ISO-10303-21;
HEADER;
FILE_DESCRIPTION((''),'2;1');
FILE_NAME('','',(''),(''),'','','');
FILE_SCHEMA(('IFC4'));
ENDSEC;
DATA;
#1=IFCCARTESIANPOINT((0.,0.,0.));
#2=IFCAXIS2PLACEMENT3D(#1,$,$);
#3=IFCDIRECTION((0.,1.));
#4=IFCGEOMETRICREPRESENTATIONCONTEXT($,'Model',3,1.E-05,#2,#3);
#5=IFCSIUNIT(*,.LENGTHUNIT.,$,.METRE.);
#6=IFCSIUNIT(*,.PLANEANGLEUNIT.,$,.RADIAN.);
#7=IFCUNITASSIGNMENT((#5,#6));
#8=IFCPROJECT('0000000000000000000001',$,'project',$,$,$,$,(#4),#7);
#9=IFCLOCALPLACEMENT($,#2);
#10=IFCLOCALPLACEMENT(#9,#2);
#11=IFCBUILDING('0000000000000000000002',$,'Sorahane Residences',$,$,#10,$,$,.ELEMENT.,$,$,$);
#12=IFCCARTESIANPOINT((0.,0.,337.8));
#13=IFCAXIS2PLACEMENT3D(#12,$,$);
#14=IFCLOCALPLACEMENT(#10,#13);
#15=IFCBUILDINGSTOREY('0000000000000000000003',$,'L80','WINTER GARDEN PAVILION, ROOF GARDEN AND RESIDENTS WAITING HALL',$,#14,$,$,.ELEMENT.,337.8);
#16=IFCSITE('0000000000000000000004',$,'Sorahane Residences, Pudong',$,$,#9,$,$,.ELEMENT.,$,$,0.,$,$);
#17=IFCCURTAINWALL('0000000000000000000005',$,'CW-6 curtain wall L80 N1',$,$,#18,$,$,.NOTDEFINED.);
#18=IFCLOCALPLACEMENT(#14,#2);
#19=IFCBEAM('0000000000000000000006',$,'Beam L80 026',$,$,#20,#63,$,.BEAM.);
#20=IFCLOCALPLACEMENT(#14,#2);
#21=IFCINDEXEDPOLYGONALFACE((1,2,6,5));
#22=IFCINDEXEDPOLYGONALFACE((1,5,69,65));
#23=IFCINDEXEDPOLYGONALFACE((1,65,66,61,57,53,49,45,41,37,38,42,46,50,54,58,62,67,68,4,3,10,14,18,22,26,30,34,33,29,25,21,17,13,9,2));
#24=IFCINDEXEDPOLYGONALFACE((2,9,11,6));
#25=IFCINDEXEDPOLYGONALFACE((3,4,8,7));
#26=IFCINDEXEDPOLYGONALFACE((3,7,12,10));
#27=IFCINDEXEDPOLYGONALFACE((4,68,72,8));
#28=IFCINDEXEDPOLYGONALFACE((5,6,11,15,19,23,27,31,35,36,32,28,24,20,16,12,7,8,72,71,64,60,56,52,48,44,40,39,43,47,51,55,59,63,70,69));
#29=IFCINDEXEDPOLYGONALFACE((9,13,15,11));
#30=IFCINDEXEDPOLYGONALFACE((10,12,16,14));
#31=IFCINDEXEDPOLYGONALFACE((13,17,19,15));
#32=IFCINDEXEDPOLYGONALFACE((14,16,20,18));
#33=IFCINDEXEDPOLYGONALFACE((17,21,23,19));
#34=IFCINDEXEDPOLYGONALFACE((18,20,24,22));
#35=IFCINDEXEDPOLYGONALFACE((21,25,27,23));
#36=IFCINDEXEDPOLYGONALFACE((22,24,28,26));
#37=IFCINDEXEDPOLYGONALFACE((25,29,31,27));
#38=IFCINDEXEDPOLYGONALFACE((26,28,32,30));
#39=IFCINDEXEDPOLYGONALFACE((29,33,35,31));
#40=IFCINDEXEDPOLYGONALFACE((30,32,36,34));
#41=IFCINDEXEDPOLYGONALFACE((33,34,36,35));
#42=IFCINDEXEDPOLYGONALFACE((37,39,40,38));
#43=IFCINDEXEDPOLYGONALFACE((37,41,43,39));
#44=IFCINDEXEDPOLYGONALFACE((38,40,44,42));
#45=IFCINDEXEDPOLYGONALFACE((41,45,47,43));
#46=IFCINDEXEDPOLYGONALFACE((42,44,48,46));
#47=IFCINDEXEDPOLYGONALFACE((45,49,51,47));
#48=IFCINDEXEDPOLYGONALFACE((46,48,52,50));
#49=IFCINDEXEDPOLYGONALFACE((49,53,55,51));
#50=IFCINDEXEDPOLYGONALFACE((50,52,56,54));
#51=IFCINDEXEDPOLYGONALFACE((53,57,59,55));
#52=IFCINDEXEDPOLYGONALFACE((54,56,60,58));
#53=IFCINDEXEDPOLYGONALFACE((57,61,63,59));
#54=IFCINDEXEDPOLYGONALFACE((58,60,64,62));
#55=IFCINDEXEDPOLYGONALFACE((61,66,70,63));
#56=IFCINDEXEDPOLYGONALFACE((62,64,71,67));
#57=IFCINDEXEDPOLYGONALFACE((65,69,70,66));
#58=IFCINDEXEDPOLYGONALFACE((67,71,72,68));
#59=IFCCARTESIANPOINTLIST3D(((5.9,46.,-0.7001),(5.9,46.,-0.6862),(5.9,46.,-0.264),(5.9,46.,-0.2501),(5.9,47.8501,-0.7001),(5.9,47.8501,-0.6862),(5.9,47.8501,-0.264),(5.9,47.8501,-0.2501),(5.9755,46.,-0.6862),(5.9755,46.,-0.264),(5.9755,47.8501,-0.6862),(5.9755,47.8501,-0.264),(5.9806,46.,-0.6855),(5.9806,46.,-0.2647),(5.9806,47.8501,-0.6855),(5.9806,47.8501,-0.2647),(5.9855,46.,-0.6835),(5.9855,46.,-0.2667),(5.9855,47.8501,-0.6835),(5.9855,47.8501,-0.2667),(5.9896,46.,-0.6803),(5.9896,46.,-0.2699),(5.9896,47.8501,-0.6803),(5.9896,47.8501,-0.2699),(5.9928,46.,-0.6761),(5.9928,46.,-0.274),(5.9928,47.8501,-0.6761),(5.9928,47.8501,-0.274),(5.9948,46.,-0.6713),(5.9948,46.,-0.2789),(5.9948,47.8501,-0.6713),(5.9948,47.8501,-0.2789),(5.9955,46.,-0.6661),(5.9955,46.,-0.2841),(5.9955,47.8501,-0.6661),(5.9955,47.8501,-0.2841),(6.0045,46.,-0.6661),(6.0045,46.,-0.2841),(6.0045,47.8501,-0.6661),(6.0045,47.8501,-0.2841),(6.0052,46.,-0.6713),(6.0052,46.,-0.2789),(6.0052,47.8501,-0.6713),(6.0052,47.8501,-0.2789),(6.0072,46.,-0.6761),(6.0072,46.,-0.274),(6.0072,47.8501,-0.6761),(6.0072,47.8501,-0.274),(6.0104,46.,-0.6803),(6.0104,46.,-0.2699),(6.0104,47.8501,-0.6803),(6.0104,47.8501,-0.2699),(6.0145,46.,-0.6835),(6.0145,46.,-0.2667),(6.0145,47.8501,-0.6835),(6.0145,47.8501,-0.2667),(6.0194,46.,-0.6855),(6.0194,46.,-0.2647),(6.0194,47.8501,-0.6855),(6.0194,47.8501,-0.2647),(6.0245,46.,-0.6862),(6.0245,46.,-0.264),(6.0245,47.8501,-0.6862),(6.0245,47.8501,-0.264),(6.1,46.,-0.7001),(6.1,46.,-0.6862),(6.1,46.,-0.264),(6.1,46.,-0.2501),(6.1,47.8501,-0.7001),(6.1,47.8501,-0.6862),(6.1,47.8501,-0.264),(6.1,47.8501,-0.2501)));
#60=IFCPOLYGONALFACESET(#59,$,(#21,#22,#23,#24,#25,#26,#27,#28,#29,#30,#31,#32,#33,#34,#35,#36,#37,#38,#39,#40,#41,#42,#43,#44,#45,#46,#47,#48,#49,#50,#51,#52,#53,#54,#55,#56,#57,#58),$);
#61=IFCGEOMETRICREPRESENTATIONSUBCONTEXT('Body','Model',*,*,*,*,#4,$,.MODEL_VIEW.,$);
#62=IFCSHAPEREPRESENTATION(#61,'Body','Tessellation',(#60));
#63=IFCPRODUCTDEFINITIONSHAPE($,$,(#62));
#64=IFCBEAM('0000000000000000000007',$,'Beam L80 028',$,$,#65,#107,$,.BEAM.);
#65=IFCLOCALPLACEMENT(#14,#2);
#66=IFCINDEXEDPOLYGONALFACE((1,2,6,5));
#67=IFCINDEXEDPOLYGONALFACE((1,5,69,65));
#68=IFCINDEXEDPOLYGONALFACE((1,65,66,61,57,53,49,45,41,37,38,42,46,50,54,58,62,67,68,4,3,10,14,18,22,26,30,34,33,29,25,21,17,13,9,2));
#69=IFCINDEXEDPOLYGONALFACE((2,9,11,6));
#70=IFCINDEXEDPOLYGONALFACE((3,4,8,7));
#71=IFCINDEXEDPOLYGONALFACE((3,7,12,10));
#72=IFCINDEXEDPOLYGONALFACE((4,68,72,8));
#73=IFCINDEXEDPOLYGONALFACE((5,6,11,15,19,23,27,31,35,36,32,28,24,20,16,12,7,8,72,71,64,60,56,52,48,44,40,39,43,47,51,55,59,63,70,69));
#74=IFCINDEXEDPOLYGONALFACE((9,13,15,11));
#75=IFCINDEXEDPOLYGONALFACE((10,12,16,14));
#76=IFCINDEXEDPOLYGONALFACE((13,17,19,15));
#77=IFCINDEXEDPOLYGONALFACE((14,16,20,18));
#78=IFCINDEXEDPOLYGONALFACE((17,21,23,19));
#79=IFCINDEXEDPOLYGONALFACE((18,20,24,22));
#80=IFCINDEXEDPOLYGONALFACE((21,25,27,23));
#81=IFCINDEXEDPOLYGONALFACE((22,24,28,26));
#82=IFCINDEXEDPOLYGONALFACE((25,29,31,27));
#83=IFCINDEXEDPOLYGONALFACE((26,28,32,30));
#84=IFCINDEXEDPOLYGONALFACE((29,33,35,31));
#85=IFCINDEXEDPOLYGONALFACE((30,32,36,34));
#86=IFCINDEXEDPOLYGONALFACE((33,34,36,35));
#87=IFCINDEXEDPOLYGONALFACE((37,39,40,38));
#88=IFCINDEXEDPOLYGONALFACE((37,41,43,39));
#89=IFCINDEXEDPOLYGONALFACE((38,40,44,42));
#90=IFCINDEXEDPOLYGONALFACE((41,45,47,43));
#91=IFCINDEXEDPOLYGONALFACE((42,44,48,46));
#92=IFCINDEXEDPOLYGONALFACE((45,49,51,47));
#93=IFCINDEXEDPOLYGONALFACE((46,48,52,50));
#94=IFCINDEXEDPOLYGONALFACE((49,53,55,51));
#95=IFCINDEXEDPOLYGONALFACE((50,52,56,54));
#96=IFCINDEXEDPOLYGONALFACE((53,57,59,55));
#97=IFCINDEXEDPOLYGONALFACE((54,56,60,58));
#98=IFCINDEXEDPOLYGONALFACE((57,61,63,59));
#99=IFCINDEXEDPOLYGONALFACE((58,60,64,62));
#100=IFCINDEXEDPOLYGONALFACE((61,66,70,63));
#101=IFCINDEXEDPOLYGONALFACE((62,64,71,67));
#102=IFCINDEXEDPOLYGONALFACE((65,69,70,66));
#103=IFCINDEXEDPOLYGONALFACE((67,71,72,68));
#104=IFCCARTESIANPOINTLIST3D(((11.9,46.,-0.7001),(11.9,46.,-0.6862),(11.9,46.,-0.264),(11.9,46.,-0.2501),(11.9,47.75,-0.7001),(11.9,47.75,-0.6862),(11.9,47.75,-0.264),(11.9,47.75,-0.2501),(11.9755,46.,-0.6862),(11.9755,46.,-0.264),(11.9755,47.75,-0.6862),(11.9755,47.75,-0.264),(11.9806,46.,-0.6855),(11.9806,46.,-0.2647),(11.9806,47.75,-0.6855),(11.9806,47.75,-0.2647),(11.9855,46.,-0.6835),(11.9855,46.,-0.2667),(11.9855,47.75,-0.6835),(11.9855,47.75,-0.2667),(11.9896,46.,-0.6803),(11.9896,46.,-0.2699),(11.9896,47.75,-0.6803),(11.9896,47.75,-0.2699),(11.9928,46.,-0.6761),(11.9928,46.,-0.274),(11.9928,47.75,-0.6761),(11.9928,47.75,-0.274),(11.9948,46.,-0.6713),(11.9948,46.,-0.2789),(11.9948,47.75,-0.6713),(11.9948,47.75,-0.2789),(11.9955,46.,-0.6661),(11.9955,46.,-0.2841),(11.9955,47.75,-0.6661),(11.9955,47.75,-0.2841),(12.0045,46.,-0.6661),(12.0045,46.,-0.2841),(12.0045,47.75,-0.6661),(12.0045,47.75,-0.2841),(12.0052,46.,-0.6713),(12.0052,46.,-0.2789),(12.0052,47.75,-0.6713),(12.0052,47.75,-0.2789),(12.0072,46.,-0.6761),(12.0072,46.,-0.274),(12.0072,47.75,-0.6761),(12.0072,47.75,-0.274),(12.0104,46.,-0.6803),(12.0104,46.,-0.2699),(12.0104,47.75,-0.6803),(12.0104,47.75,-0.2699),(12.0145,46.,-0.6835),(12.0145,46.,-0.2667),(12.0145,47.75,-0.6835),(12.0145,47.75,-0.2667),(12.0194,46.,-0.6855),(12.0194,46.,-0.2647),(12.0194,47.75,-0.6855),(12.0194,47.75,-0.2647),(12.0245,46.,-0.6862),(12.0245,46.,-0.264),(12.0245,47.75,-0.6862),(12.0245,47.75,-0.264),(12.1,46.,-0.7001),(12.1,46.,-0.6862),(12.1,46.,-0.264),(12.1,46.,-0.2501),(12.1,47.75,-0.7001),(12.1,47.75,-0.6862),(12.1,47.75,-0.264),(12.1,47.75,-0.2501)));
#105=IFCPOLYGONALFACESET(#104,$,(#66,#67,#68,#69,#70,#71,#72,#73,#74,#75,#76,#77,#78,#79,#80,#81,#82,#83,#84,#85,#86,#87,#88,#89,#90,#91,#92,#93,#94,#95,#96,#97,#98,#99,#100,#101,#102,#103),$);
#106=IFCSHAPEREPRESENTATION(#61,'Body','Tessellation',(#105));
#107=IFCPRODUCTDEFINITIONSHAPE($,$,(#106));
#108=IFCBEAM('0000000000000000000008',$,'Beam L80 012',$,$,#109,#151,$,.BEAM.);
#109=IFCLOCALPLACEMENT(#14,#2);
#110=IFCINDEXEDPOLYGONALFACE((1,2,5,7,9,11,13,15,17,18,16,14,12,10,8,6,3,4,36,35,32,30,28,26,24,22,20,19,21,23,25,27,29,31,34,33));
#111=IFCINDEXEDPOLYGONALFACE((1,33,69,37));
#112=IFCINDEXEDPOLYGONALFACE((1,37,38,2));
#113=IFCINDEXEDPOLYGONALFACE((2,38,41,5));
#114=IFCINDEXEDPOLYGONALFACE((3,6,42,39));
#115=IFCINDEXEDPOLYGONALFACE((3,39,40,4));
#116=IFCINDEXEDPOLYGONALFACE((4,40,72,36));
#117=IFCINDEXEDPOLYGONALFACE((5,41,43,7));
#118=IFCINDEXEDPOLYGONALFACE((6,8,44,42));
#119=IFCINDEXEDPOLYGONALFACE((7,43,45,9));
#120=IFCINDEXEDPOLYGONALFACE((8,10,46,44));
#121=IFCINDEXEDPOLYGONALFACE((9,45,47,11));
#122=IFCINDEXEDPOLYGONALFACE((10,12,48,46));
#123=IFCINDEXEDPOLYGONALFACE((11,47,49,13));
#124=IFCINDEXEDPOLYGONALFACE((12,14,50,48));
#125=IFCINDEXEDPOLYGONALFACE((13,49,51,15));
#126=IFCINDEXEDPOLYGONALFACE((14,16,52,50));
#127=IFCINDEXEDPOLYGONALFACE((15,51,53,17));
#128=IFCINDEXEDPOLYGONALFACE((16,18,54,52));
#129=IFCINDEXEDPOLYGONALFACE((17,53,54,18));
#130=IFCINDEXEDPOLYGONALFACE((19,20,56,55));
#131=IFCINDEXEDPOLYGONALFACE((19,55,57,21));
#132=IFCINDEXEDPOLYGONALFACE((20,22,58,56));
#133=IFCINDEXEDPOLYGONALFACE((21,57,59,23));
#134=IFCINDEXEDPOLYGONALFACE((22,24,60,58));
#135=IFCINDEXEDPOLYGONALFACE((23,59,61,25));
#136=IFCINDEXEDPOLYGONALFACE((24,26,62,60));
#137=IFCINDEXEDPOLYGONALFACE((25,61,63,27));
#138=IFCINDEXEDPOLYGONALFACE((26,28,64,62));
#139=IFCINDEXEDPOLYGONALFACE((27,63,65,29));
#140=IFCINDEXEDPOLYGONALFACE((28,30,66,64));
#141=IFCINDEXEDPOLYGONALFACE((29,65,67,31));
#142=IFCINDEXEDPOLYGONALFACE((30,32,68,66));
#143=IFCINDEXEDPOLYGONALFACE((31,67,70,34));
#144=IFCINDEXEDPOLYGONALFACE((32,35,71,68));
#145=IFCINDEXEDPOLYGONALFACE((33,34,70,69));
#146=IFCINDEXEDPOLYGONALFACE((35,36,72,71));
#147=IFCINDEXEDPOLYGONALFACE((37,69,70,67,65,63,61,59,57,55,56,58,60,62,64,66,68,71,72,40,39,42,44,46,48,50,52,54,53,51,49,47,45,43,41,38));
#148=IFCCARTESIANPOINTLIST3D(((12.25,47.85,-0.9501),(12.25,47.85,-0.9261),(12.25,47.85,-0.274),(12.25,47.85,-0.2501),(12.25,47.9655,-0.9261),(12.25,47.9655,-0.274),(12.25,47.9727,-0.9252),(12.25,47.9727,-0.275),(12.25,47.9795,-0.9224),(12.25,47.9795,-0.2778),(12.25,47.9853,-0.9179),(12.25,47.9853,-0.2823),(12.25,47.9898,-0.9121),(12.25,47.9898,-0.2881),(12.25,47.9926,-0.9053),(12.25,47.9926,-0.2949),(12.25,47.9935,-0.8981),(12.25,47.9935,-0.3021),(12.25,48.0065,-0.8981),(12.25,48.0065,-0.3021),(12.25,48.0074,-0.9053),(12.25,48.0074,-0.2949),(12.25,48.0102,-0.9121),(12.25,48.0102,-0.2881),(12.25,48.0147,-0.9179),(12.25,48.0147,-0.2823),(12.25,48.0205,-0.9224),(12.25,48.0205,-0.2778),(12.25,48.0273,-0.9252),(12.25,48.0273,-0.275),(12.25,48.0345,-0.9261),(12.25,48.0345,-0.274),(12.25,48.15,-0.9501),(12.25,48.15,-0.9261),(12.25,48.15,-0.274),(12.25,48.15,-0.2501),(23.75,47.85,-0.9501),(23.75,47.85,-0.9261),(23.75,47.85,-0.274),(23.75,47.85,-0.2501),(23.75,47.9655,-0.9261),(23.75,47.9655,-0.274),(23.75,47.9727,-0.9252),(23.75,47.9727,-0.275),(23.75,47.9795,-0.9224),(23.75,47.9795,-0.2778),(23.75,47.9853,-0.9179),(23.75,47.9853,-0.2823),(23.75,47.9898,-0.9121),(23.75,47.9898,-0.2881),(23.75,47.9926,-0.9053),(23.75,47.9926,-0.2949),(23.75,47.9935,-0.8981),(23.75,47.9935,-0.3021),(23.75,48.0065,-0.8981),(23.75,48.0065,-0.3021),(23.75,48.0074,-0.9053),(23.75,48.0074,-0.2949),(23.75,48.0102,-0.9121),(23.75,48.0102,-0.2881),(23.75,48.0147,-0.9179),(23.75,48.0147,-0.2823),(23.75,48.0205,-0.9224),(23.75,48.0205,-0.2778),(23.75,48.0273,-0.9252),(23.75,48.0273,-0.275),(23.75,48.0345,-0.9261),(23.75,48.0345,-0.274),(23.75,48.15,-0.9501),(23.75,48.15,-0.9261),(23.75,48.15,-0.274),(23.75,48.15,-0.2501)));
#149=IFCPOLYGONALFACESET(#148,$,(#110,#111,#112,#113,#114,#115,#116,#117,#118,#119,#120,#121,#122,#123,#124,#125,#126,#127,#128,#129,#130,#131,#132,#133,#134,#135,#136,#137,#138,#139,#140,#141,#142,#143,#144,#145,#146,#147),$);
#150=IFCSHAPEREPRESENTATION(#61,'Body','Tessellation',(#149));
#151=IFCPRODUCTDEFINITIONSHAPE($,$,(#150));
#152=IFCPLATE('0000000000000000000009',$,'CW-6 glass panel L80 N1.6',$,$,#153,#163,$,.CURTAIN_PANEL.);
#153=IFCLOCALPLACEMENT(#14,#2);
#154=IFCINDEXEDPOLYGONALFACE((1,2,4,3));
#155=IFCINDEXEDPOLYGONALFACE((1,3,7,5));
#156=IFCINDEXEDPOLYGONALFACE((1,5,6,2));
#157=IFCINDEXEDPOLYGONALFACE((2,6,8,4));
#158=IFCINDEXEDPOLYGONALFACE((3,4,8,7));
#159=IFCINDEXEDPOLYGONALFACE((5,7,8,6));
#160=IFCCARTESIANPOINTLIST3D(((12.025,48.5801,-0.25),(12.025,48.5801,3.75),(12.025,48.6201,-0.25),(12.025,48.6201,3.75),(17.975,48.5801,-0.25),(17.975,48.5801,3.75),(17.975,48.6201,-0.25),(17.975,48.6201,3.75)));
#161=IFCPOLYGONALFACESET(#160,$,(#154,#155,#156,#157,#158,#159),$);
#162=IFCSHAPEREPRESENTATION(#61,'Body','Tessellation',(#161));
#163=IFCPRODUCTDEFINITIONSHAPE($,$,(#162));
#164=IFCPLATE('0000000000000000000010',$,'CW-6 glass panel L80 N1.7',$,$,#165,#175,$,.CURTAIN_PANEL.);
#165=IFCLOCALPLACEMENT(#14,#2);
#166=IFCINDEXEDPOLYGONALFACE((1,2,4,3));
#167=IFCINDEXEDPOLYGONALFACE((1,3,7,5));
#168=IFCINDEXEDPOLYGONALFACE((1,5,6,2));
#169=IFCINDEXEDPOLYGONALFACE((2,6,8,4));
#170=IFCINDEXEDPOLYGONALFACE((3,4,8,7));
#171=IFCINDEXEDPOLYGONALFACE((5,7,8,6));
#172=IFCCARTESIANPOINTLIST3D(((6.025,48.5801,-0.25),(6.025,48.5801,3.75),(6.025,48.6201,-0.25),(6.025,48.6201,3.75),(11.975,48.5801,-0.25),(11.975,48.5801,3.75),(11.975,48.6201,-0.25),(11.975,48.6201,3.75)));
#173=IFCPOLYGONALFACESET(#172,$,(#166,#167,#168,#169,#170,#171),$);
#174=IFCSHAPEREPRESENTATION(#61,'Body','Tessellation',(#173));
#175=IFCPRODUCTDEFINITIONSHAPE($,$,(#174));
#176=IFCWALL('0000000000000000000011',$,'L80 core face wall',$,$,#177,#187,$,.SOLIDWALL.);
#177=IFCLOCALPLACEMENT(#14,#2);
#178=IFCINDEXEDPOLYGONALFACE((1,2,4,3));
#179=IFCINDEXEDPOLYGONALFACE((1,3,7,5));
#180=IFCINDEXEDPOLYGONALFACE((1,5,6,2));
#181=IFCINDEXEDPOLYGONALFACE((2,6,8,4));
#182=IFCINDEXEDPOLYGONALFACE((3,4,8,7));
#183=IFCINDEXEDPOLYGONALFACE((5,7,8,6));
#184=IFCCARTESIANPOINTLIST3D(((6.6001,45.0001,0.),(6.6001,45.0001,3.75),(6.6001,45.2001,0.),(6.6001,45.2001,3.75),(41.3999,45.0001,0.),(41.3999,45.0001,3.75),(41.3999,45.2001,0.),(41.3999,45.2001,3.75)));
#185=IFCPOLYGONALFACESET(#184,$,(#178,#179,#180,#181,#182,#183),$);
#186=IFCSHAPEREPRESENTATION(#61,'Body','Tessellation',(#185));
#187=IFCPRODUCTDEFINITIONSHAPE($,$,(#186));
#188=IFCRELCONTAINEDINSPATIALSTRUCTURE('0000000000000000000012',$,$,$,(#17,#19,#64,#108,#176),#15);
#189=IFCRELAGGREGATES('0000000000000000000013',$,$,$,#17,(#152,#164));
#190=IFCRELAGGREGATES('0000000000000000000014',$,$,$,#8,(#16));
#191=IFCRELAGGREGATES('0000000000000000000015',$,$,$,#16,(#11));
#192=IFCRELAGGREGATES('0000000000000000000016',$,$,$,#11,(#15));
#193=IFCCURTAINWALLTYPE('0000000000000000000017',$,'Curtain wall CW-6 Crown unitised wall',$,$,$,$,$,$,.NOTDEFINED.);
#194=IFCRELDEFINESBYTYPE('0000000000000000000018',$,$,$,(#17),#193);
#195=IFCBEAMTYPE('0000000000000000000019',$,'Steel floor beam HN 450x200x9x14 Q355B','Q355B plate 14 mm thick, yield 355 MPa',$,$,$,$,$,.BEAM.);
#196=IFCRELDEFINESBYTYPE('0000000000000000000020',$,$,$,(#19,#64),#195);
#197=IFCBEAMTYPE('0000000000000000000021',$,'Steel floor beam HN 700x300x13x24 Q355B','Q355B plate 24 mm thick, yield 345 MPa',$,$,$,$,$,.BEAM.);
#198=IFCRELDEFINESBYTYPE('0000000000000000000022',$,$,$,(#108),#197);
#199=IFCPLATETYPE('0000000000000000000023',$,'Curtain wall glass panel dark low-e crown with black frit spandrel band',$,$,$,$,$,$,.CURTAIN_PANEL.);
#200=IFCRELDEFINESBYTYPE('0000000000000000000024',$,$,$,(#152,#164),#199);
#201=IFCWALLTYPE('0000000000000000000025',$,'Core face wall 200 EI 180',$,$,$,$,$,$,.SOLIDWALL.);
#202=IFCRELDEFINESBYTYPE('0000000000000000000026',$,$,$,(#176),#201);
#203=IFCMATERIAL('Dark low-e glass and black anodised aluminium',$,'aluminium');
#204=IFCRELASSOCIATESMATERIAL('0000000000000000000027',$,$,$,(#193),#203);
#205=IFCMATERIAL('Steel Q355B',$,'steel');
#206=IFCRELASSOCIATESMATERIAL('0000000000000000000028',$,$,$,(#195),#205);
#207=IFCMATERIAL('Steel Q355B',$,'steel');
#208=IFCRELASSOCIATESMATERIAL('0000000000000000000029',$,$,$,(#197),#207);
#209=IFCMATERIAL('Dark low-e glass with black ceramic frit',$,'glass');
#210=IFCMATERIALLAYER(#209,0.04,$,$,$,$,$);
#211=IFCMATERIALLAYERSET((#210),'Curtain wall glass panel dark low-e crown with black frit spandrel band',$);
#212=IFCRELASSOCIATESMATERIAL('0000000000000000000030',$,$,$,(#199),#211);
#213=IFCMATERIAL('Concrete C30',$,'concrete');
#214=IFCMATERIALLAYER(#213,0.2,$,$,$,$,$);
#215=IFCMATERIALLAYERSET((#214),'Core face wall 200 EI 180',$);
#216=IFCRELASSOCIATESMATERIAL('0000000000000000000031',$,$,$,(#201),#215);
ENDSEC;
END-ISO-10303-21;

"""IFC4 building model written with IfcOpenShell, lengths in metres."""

from ifc_helpers import new_model, si_unit, direction, frame, frame_2d, origin, origin_2d, place, context, subcontext, project, spatial, rectangle, i_section, extrude, material, layer, layer_set, material_profile, profile_set, type_object, element, aggregate, save


model = new_model("IFC4")

# Units and contexts
model_context = context("Model", 3, precision=1e-05, world=origin(), true_north=direction((0.0, 1.0)))
body_context = subcontext(model_context, "Body", "Model", "MODEL_VIEW")
ifc_project = project(units=[si_unit("LENGTHUNIT", "METRE"), si_unit("PLANEANGLEUNIT", "RADIAN")], contexts=[model_context])

# Site, building, storey
site_placement = place(None, origin())
site = spatial("IfcSite", under=ifc_project, at=site_placement, Name="Sorahane Residences, Pudong", CompositionType="ELEMENT", RefElevation=0.0)
building_placement = place(site_placement, origin())
building = spatial("IfcBuilding", under=site, at=building_placement, Name="Sorahane Residences", CompositionType="ELEMENT")
storey_placement = place(building_placement, frame((0.0, 0.0, 337.8)))
storey = spatial("IfcBuildingStorey", under=building, at=storey_placement, Name="L80", Description="WINTER GARDEN PAVILION, ROOF GARDEN AND RESIDENTS WAITING HALL", CompositionType="ELEMENT", Elevation=337.8)

# Curtain wall
ifc_material_1 = material(Name="Dark low-e glass and black anodised aluminium", Category="aluminium")
curtain_wall_type = type_object("IfcCurtainWallType", Name="Curtain wall CW-6 Crown unitised wall", PredefinedType="NOTDEFINED", material=ifc_material_1)
curtain_wall_placement = place(storey_placement, origin())
curtain_wall = element("IfcCurtainWall", 1, at=curtain_wall_placement, inside=storey, type_object=curtain_wall_type, Name="CW-6 curtain wall L80 N1", PredefinedType="NOTDEFINED")

# Beams
ifc_material_2 = material(Name="Steel Q355B", Category="steel")
ifc_material_profile_1 = material_profile(ifc_material_2, i_section(OverallWidth=0.2, OverallDepth=0.45, WebThickness=0.009, FlangeThickness=0.0139, FilletRadius=0.02, at=origin_2d()), Name="HN 450x200x9x14")
ifc_profile_set_1 = profile_set([ifc_material_profile_1], Name="Steel Q355B")
beam_type_1 = type_object("IfcBeamType", Name="Steel floor beam HN 450x200x9x14 Q355B", Description="Q355B plate 14 mm thick, yield 355 MPa", PredefinedType="BEAM", material=ifc_profile_set_1)
beam_1_placement = place(storey_placement, frame((6.0, 46.0, -0.4751), z_axis=(0.0, 1.0, 0.0), x_axis=(-1.0, 0.0, 0.0)))
element("IfcBeam", 2, at=beam_1_placement, inside=storey, type_object=beam_type_1, Name="Beam L80 026", PredefinedType="BEAM", context=body_context, shape_type="SweptSolid", body=[
    extrude(i_section(OverallWidth=0.2, OverallDepth=0.45, WebThickness=0.009, FlangeThickness=0.0139, FilletRadius=0.02, at=origin_2d()), origin(), (0.0, 0.0, 1.0), 1.8501),
])
beam_2_placement = place(storey_placement, frame((12.0, 46.0, -0.4751), z_axis=(0.0, 1.0, 0.0), x_axis=(-1.0, 0.0, 0.0)))
element("IfcBeam", 3, at=beam_2_placement, inside=storey, type_object=beam_type_1, Name="Beam L80 028", PredefinedType="BEAM", context=body_context, shape_type="SweptSolid", body=[
    extrude(i_section(OverallWidth=0.2, OverallDepth=0.45, WebThickness=0.009, FlangeThickness=0.0139, FilletRadius=0.02, at=origin_2d()), origin(), (0.0, 0.0, 1.0), 1.75),
])
ifc_material_3 = material(Name="Steel Q355B", Category="steel")
ifc_material_profile_2 = material_profile(ifc_material_3, i_section(OverallWidth=0.3, OverallDepth=0.7, WebThickness=0.0129, FlangeThickness=0.0239, FilletRadius=0.0281, at=origin_2d()), Name="HN 700x300x13x24")
ifc_profile_set_2 = profile_set([ifc_material_profile_2], Name="Steel Q355B")
beam_type_2 = type_object("IfcBeamType", Name="Steel floor beam HN 700x300x13x24 Q355B", Description="Q355B plate 24 mm thick, yield 345 MPa", PredefinedType="BEAM", material=ifc_profile_set_2)
beam_3_placement = place(storey_placement, frame((12.25, 48.0, -0.6001), z_axis=(1.0, 0.0, 0.0), x_axis=(0.0, 1.0, 0.0)))
element("IfcBeam", 4, at=beam_3_placement, inside=storey, type_object=beam_type_2, Name="Beam L80 012", PredefinedType="BEAM", context=body_context, shape_type="SweptSolid", body=[
    extrude(i_section(OverallWidth=0.3, OverallDepth=0.7, WebThickness=0.0129, FlangeThickness=0.0239, FilletRadius=0.0281, at=origin_2d()), origin(), (0.0, 0.0, 1.0), 11.5),
])

# Plates
ifc_material_4 = material(Name="Dark low-e glass with black ceramic frit", Category="glass")
ifc_layer_1 = layer(ifc_material_4, 0.04)
ifc_layer_set_1 = layer_set([ifc_layer_1], Name="Curtain wall glass panel dark low-e crown with black frit spandrel band")
plate_type = type_object("IfcPlateType", Name="Curtain wall glass panel dark low-e crown with black frit spandrel band", PredefinedType="CURTAIN_PANEL", material=ifc_layer_set_1)
plate_1_placement = place(storey_placement, frame((15.0, 48.6001, -0.25), z_axis=(0.0, 0.0, 1.0), x_axis=(-1.0, 0.0, 0.0)))
plate_1 = element("IfcPlate", 5, at=plate_1_placement, type_object=plate_type, Name="CW-6 glass panel L80 N1.6", PredefinedType="CURTAIN_PANEL", context=body_context, shape_type="SweptSolid", body=[
    extrude(rectangle(XDim=5.95, YDim=0.04, at=origin_2d()), origin(), (0.0, 0.0, 1.0), 4.0),
])
plate_2_placement = place(storey_placement, frame((9.0, 48.6001, -0.25), z_axis=(0.0, 0.0, 1.0), x_axis=(-1.0, 0.0, 0.0)))
plate_2 = element("IfcPlate", 6, at=plate_2_placement, type_object=plate_type, Name="CW-6 glass panel L80 N1.7", PredefinedType="CURTAIN_PANEL", context=body_context, shape_type="SweptSolid", body=[
    extrude(rectangle(XDim=5.95, YDim=0.04, at=origin_2d()), origin(), (0.0, 0.0, 1.0), 4.0),
])
aggregate(curtain_wall, [plate_1, plate_2])

# Wall
ifc_material_5 = material(Name="Concrete C30", Category="concrete")
ifc_layer_2 = layer(ifc_material_5, 0.2)
ifc_layer_set_2 = layer_set([ifc_layer_2], Name="Core face wall 200 EI 180")
wall_type_1 = type_object("IfcWallType", Name="Core face wall 200 EI 180", PredefinedType="SOLIDWALL", material=ifc_layer_set_2)
wall_1_placement = place(storey_placement, frame((6.6001, 45.1001, 0.0), z_axis=(0.0, 0.0, 1.0), x_axis=(1.0, 0.0, 0.0)))
element("IfcWall", 7, at=wall_1_placement, inside=storey, type_object=wall_type_1, Name="L80 core face wall", PredefinedType="SOLIDWALL", context=body_context, shape_type="SweptSolid", body=[
    extrude(rectangle(XDim=34.7998, YDim=0.2, at=frame_2d((17.3999, 0.0))), origin(), (0.0, 0.0, 1.0), 3.75),
])

save(model, "model.ifc")
